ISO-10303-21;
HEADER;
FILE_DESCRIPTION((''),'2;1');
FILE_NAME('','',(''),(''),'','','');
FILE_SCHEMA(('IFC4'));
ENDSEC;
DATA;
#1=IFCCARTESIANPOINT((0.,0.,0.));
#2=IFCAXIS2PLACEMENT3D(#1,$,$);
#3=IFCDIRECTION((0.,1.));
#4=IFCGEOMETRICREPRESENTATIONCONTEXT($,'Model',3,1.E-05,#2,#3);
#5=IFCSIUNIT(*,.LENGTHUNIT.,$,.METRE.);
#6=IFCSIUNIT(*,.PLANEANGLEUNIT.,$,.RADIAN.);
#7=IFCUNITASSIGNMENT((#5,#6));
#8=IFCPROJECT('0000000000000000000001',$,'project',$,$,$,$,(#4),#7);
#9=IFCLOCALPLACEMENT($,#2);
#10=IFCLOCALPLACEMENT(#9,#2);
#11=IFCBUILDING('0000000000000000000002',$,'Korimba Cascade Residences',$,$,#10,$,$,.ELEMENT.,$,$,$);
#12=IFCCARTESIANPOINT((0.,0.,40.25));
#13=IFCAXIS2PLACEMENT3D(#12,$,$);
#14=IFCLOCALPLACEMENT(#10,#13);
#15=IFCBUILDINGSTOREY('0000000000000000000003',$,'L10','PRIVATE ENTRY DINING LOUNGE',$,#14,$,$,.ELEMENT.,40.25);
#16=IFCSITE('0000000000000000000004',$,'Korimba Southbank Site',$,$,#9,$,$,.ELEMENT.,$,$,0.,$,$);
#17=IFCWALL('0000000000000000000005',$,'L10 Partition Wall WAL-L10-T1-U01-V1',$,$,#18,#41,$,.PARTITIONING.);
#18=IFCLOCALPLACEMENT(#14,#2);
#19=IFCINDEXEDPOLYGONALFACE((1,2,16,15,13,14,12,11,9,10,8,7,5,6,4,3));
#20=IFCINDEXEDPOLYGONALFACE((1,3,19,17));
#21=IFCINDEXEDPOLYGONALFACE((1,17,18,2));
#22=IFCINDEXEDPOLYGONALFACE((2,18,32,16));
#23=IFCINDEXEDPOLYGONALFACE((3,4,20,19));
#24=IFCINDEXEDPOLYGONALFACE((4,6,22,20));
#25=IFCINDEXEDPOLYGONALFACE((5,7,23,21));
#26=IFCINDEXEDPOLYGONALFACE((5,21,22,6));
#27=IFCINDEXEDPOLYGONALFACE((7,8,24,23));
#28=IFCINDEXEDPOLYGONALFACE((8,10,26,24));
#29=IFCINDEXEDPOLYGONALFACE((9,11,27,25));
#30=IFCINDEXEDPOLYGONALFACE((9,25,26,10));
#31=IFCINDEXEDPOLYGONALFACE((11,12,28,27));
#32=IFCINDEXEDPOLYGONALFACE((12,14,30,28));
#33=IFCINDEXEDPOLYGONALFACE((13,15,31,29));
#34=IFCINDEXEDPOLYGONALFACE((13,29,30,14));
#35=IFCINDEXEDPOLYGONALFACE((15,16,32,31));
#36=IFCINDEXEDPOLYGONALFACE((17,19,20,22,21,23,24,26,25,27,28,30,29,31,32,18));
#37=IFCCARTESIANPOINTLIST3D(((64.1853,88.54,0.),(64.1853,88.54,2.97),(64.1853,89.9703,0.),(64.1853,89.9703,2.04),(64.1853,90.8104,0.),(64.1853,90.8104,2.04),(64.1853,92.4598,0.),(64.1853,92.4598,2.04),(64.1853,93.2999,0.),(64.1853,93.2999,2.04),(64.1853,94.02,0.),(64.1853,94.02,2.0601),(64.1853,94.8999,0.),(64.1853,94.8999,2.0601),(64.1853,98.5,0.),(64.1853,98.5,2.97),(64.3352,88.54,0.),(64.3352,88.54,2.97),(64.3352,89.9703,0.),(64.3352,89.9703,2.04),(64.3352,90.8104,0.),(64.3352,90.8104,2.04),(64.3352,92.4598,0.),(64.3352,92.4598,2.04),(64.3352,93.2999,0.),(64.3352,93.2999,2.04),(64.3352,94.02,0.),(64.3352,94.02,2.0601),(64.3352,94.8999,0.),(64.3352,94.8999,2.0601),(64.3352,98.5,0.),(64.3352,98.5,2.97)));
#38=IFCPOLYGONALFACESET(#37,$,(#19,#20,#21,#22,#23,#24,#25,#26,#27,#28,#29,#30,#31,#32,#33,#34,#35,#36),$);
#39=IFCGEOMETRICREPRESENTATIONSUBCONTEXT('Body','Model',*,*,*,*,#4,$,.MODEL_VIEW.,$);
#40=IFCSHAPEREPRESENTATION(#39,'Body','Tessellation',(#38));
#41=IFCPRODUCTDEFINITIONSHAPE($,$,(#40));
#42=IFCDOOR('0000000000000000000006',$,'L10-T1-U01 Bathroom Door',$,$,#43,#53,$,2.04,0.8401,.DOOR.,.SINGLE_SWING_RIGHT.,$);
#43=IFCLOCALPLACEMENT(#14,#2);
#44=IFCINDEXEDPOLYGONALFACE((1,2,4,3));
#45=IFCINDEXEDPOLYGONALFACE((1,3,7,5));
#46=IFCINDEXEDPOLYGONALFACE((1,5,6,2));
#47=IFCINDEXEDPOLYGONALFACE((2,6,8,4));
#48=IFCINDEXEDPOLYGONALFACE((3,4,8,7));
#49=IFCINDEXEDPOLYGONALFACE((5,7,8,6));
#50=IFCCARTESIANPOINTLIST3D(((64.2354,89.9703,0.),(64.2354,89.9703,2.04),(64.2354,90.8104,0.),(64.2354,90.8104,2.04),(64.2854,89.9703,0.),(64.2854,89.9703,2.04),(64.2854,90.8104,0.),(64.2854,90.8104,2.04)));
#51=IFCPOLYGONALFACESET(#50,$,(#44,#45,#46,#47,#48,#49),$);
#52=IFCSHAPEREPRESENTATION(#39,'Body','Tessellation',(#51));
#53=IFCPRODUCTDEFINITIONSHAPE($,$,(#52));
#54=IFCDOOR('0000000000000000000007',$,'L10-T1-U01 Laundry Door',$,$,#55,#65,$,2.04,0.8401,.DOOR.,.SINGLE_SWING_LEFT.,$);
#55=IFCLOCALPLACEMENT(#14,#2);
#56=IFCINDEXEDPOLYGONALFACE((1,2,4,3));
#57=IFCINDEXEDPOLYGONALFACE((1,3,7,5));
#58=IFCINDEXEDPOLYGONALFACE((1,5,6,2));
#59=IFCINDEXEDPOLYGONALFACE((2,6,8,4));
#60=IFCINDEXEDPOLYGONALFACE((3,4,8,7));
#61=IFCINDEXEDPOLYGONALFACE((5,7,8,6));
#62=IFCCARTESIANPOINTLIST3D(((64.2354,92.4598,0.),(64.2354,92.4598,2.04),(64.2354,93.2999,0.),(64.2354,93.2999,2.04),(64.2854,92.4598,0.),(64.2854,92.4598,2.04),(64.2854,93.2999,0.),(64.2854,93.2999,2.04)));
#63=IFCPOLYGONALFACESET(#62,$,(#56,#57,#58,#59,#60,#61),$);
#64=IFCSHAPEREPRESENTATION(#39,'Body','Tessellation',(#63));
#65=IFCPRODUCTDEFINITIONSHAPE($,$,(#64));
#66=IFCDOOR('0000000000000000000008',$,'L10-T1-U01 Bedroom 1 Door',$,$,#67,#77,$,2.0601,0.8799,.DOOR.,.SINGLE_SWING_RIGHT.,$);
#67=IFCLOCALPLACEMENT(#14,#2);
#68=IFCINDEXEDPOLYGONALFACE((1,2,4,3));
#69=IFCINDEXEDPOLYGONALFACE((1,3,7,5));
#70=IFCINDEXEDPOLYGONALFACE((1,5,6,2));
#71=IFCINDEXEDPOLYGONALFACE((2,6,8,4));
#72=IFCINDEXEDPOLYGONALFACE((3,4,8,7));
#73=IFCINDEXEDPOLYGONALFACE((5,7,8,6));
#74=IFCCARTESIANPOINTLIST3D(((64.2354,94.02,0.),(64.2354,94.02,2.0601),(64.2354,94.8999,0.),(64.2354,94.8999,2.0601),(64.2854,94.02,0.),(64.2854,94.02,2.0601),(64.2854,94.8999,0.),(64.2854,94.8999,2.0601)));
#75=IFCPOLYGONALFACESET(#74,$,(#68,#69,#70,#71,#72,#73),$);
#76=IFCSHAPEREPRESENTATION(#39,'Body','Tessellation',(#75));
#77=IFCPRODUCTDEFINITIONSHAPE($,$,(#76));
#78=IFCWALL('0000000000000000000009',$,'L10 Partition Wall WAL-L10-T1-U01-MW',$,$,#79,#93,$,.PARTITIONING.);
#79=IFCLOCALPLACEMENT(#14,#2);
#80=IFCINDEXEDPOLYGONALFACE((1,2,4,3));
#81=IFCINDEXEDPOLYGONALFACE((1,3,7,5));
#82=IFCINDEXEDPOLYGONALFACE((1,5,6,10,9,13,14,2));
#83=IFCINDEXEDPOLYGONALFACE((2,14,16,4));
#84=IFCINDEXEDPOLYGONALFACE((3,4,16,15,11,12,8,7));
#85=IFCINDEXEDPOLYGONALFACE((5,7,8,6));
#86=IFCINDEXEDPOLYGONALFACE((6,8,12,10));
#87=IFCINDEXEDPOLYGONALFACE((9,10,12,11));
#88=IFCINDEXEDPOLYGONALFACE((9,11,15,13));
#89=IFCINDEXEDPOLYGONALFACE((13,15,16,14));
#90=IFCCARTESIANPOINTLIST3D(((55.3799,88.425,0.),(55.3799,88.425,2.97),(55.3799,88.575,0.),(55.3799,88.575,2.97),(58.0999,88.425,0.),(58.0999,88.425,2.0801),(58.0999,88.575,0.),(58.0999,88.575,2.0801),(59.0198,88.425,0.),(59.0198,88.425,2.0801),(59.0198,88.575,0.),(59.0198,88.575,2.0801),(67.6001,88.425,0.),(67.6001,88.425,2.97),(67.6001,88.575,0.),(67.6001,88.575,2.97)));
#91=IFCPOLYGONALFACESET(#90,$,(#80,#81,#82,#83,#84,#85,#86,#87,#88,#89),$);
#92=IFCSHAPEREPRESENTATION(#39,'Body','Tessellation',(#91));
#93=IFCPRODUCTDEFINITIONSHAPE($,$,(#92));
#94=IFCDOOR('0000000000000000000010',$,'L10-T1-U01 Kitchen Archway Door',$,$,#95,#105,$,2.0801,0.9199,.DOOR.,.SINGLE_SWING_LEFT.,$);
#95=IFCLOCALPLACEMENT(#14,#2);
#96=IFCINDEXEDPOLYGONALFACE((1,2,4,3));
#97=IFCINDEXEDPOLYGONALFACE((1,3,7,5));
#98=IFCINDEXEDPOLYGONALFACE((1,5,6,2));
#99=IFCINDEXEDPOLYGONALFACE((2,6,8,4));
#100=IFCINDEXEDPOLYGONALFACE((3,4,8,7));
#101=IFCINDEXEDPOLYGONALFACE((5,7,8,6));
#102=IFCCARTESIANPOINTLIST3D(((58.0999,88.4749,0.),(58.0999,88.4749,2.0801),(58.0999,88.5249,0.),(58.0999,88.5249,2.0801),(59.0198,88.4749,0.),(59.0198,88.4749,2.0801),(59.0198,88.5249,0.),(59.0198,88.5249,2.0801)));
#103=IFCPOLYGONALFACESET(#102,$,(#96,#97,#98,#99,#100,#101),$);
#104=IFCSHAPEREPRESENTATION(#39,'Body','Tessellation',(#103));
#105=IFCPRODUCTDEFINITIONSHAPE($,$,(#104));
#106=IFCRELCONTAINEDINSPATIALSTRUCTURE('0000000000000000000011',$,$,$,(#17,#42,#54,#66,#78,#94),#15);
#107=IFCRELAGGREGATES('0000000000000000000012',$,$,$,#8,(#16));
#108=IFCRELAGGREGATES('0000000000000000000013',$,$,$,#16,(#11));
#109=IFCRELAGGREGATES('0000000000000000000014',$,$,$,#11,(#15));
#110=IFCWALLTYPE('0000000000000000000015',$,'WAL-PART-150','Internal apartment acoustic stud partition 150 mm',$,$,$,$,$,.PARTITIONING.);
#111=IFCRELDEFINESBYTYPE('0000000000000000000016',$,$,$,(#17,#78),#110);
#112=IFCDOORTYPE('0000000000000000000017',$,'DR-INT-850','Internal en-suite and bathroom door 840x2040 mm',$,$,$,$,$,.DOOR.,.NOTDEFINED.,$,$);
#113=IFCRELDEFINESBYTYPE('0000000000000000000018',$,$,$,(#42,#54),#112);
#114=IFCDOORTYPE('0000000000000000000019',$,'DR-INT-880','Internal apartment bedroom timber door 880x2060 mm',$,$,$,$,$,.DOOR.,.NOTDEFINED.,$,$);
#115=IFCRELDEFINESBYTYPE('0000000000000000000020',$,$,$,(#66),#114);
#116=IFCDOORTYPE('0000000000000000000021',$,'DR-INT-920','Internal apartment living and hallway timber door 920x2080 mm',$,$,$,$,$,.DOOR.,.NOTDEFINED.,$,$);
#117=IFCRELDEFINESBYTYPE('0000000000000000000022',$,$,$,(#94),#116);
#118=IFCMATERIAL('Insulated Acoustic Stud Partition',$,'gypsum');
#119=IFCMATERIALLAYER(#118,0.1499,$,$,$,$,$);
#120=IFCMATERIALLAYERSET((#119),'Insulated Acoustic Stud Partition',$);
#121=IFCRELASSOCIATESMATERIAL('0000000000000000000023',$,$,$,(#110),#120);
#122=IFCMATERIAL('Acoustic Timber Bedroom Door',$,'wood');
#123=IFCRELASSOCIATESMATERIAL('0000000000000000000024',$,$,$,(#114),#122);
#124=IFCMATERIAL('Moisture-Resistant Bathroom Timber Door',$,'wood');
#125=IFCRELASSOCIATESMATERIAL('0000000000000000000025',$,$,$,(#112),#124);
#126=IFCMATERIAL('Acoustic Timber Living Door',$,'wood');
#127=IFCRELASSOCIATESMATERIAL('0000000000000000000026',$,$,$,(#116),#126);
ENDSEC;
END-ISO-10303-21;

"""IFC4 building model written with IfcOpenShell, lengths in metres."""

from ifc_helpers import new_model, si_unit, direction, frame, frame_2d, origin, place, context, subcontext, project, spatial, rectangle, extrude, material, layer, layer_set, type_object, element, fill, save


model = new_model("IFC4")

# Units and contexts
model_context = context("Model", 3, precision=1e-05, world=origin(), true_north=direction((0.0, 1.0)))
body_context = subcontext(model_context, "Body", "Model", "MODEL_VIEW")
ifc_project = project(units=[si_unit("LENGTHUNIT", "METRE"), si_unit("PLANEANGLEUNIT", "RADIAN")], contexts=[model_context])

# Site, building, storey
site_placement = place(None, origin())
site = spatial("IfcSite", under=ifc_project, at=site_placement, Name="Korimba Southbank Site", CompositionType="ELEMENT", RefElevation=0.0)
building_placement = place(site_placement, origin())
building = spatial("IfcBuilding", under=site, at=building_placement, Name="Korimba Cascade Residences", CompositionType="ELEMENT")
storey_placement = place(building_placement, frame((0.0, 0.0, 40.25)))
storey = spatial("IfcBuildingStorey", under=building, at=storey_placement, Name="L10", Description="PRIVATE ENTRY DINING LOUNGE", CompositionType="ELEMENT", Elevation=40.25)

# Shared definitions
ifc_material_1 = material(Name="Insulated Acoustic Stud Partition", Category="gypsum")
ifc_layer_1 = layer(ifc_material_1, 0.1499)
ifc_layer_set_1 = layer_set([ifc_layer_1], Name="Insulated Acoustic Stud Partition")
wall_type_1 = type_object("IfcWallType", Name="WAL-PART-150", Description="Internal apartment acoustic stud partition 150 mm", PredefinedType="PARTITIONING", material=ifc_layer_set_1)
ifc_material_2 = material(Name="Acoustic Timber Bedroom Door", Category="wood")
door_type_1 = type_object("IfcDoorType", Name="DR-INT-880", Description="Internal apartment bedroom timber door 880x2060 mm", OperationType="NOTDEFINED", PredefinedType="DOOR", material=ifc_material_2)

# Wall, openings, doors
wall_1_placement = place(storey_placement, frame((64.2603, 88.54, 0.0), z_axis=(0.0, 0.0, 1.0), x_axis=(0.0, 1.0, 0.0)))
wall_1 = element("IfcWall", 1, at=wall_1_placement, inside=storey, type_object=wall_type_1, Name="L10 Partition Wall WAL-L10-T1-U01-V1", PredefinedType="PARTITIONING", context=body_context, shape_type="SweptSolid", body=[
    extrude(rectangle(XDim=9.96, YDim=0.1499, at=frame_2d((4.98, 0.0))), origin(), (0.0, 0.0, 1.0), 2.97),
])
opening_1_placement = place(wall_1_placement, frame((1.4304, 0.0, 0.0)))
opening_1 = element("IfcOpeningElement", 2, at=opening_1_placement, cuts=wall_1, PredefinedType="OPENING", context=body_context, shape_type="SweptSolid", body=[
    extrude(rectangle(XDim=0.8401, YDim=2.04, at=frame_2d((0.4199, 1.02))), frame((0.0, 0.085, 0.0), z_axis=(0.0, -1.0, 0.0), x_axis=(1.0, 0.0, 0.0)), (0.0, 0.0, 1.0), 0.1699),
])
opening_2_placement = place(wall_1_placement, frame((3.9199, 0.0, 0.0)))
opening_2 = element("IfcOpeningElement", 3, at=opening_2_placement, cuts=wall_1, PredefinedType="OPENING", context=body_context, shape_type="SweptSolid", body=[
    extrude(rectangle(XDim=0.8401, YDim=2.04, at=frame_2d((0.4199, 1.02))), frame((0.0, 0.085, 0.0), z_axis=(0.0, -1.0, 0.0), x_axis=(1.0, 0.0, 0.0)), (0.0, 0.0, 1.0), 0.1699),
])
opening_3_placement = place(wall_1_placement, frame((5.48, 0.0, 0.0)))
opening_3 = element("IfcOpeningElement", 4, at=opening_3_placement, cuts=wall_1, PredefinedType="OPENING", context=body_context, shape_type="SweptSolid", body=[
    extrude(rectangle(XDim=0.8799, YDim=2.0601, at=frame_2d((0.4399, 1.03))), frame((0.0, 0.085, 0.0), z_axis=(0.0, -1.0, 0.0), x_axis=(1.0, 0.0, 0.0)), (0.0, 0.0, 1.0), 0.1699),
])
ifc_material_3 = material(Name="Moisture-Resistant Bathroom Timber Door", Category="wood")
door_type_2 = type_object("IfcDoorType", Name="DR-INT-850", Description="Internal en-suite and bathroom door 840x2040 mm", OperationType="NOTDEFINED", PredefinedType="DOOR", material=ifc_material_3)
door_1_placement = place(opening_1_placement, origin())
door_1 = element("IfcDoor", 5, at=door_1_placement, inside=storey, type_object=door_type_2, Name="L10-T1-U01 Bathroom Door", OperationType="SINGLE_SWING_RIGHT", OverallHeight=2.04, OverallWidth=0.8401, PredefinedType="DOOR", context=body_context, shape_type="SweptSolid", body=[
    extrude(rectangle(XDim=0.8401, YDim=2.04, at=frame_2d((0.4199, 1.02))), frame((0.0, 0.0249, 0.0), z_axis=(0.0, -1.0, 0.0), x_axis=(1.0, 0.0, 0.0)), (0.0, 0.0, 1.0), 0.05),
])
fill(opening_1, door_1)
door_2_placement = place(opening_2_placement, origin())
door_2 = element("IfcDoor", 6, at=door_2_placement, inside=storey, type_object=door_type_2, Name="L10-T1-U01 Laundry Door", OperationType="SINGLE_SWING_LEFT", OverallHeight=2.04, OverallWidth=0.8401, PredefinedType="DOOR", context=body_context, shape_type="SweptSolid", body=[
    extrude(rectangle(XDim=0.8401, YDim=2.04, at=frame_2d((0.4199, 1.02))), frame((0.0, 0.0249, 0.0), z_axis=(0.0, -1.0, 0.0), x_axis=(1.0, 0.0, 0.0)), (0.0, 0.0, 1.0), 0.05),
])
fill(opening_2, door_2)
door_3_placement = place(opening_3_placement, origin())
door_3 = element("IfcDoor", 7, at=door_3_placement, inside=storey, type_object=door_type_1, Name="L10-T1-U01 Bedroom 1 Door", OperationType="SINGLE_SWING_RIGHT", OverallHeight=2.0601, OverallWidth=0.8799, PredefinedType="DOOR", context=body_context, shape_type="SweptSolid", body=[
    extrude(rectangle(XDim=0.8799, YDim=2.0601, at=frame_2d((0.4399, 1.03))), frame((0.0, 0.0249, 0.0), z_axis=(0.0, -1.0, 0.0), x_axis=(1.0, 0.0, 0.0)), (0.0, 0.0, 1.0), 0.05),
])
fill(opening_3, door_3)

# Wall, opening, door
wall_2_placement = place(storey_placement, frame((55.3799, 88.5, 0.0), z_axis=(0.0, 0.0, 1.0), x_axis=(1.0, 0.0, 0.0)))
wall_2 = element("IfcWall", 8, at=wall_2_placement, inside=storey, type_object=wall_type_1, Name="L10 Partition Wall WAL-L10-T1-U01-MW", PredefinedType="PARTITIONING", context=body_context, shape_type="SweptSolid", body=[
    extrude(rectangle(XDim=12.2202, YDim=0.1499, at=frame_2d((6.1101, 0.0))), origin(), (0.0, 0.0, 1.0), 2.97),
])
opening_4_placement = place(wall_2_placement, frame((2.72, 0.0, 0.0)))
opening_4 = element("IfcOpeningElement", 9, at=opening_4_placement, cuts=wall_2, PredefinedType="OPENING", context=body_context, shape_type="SweptSolid", body=[
    extrude(rectangle(XDim=0.9199, YDim=2.0801, at=frame_2d((0.46, 1.04))), frame((0.0, 0.085, 0.0), z_axis=(0.0, -1.0, 0.0), x_axis=(1.0, 0.0, 0.0)), (0.0, 0.0, 1.0), 0.1699),
])
ifc_material_4 = material(Name="Acoustic Timber Living Door", Category="wood")
door_type_3 = type_object("IfcDoorType", Name="DR-INT-920", Description="Internal apartment living and hallway timber door 920x2080 mm", OperationType="NOTDEFINED", PredefinedType="DOOR", material=ifc_material_4)
door_4_placement = place(opening_4_placement, origin())
door_4 = element("IfcDoor", 10, at=door_4_placement, inside=storey, type_object=door_type_3, Name="L10-T1-U01 Kitchen Archway Door", OperationType="SINGLE_SWING_LEFT", OverallHeight=2.0801, OverallWidth=0.9199, PredefinedType="DOOR", context=body_context, shape_type="SweptSolid", body=[
    extrude(rectangle(XDim=0.9199, YDim=2.0801, at=frame_2d((0.46, 1.04))), frame((0.0, 0.0249, 0.0), z_axis=(0.0, -1.0, 0.0), x_axis=(1.0, 0.0, 0.0)), (0.0, 0.0, 1.0), 0.05),
])
fill(opening_4, door_4)

save(model, "model.ifc")
